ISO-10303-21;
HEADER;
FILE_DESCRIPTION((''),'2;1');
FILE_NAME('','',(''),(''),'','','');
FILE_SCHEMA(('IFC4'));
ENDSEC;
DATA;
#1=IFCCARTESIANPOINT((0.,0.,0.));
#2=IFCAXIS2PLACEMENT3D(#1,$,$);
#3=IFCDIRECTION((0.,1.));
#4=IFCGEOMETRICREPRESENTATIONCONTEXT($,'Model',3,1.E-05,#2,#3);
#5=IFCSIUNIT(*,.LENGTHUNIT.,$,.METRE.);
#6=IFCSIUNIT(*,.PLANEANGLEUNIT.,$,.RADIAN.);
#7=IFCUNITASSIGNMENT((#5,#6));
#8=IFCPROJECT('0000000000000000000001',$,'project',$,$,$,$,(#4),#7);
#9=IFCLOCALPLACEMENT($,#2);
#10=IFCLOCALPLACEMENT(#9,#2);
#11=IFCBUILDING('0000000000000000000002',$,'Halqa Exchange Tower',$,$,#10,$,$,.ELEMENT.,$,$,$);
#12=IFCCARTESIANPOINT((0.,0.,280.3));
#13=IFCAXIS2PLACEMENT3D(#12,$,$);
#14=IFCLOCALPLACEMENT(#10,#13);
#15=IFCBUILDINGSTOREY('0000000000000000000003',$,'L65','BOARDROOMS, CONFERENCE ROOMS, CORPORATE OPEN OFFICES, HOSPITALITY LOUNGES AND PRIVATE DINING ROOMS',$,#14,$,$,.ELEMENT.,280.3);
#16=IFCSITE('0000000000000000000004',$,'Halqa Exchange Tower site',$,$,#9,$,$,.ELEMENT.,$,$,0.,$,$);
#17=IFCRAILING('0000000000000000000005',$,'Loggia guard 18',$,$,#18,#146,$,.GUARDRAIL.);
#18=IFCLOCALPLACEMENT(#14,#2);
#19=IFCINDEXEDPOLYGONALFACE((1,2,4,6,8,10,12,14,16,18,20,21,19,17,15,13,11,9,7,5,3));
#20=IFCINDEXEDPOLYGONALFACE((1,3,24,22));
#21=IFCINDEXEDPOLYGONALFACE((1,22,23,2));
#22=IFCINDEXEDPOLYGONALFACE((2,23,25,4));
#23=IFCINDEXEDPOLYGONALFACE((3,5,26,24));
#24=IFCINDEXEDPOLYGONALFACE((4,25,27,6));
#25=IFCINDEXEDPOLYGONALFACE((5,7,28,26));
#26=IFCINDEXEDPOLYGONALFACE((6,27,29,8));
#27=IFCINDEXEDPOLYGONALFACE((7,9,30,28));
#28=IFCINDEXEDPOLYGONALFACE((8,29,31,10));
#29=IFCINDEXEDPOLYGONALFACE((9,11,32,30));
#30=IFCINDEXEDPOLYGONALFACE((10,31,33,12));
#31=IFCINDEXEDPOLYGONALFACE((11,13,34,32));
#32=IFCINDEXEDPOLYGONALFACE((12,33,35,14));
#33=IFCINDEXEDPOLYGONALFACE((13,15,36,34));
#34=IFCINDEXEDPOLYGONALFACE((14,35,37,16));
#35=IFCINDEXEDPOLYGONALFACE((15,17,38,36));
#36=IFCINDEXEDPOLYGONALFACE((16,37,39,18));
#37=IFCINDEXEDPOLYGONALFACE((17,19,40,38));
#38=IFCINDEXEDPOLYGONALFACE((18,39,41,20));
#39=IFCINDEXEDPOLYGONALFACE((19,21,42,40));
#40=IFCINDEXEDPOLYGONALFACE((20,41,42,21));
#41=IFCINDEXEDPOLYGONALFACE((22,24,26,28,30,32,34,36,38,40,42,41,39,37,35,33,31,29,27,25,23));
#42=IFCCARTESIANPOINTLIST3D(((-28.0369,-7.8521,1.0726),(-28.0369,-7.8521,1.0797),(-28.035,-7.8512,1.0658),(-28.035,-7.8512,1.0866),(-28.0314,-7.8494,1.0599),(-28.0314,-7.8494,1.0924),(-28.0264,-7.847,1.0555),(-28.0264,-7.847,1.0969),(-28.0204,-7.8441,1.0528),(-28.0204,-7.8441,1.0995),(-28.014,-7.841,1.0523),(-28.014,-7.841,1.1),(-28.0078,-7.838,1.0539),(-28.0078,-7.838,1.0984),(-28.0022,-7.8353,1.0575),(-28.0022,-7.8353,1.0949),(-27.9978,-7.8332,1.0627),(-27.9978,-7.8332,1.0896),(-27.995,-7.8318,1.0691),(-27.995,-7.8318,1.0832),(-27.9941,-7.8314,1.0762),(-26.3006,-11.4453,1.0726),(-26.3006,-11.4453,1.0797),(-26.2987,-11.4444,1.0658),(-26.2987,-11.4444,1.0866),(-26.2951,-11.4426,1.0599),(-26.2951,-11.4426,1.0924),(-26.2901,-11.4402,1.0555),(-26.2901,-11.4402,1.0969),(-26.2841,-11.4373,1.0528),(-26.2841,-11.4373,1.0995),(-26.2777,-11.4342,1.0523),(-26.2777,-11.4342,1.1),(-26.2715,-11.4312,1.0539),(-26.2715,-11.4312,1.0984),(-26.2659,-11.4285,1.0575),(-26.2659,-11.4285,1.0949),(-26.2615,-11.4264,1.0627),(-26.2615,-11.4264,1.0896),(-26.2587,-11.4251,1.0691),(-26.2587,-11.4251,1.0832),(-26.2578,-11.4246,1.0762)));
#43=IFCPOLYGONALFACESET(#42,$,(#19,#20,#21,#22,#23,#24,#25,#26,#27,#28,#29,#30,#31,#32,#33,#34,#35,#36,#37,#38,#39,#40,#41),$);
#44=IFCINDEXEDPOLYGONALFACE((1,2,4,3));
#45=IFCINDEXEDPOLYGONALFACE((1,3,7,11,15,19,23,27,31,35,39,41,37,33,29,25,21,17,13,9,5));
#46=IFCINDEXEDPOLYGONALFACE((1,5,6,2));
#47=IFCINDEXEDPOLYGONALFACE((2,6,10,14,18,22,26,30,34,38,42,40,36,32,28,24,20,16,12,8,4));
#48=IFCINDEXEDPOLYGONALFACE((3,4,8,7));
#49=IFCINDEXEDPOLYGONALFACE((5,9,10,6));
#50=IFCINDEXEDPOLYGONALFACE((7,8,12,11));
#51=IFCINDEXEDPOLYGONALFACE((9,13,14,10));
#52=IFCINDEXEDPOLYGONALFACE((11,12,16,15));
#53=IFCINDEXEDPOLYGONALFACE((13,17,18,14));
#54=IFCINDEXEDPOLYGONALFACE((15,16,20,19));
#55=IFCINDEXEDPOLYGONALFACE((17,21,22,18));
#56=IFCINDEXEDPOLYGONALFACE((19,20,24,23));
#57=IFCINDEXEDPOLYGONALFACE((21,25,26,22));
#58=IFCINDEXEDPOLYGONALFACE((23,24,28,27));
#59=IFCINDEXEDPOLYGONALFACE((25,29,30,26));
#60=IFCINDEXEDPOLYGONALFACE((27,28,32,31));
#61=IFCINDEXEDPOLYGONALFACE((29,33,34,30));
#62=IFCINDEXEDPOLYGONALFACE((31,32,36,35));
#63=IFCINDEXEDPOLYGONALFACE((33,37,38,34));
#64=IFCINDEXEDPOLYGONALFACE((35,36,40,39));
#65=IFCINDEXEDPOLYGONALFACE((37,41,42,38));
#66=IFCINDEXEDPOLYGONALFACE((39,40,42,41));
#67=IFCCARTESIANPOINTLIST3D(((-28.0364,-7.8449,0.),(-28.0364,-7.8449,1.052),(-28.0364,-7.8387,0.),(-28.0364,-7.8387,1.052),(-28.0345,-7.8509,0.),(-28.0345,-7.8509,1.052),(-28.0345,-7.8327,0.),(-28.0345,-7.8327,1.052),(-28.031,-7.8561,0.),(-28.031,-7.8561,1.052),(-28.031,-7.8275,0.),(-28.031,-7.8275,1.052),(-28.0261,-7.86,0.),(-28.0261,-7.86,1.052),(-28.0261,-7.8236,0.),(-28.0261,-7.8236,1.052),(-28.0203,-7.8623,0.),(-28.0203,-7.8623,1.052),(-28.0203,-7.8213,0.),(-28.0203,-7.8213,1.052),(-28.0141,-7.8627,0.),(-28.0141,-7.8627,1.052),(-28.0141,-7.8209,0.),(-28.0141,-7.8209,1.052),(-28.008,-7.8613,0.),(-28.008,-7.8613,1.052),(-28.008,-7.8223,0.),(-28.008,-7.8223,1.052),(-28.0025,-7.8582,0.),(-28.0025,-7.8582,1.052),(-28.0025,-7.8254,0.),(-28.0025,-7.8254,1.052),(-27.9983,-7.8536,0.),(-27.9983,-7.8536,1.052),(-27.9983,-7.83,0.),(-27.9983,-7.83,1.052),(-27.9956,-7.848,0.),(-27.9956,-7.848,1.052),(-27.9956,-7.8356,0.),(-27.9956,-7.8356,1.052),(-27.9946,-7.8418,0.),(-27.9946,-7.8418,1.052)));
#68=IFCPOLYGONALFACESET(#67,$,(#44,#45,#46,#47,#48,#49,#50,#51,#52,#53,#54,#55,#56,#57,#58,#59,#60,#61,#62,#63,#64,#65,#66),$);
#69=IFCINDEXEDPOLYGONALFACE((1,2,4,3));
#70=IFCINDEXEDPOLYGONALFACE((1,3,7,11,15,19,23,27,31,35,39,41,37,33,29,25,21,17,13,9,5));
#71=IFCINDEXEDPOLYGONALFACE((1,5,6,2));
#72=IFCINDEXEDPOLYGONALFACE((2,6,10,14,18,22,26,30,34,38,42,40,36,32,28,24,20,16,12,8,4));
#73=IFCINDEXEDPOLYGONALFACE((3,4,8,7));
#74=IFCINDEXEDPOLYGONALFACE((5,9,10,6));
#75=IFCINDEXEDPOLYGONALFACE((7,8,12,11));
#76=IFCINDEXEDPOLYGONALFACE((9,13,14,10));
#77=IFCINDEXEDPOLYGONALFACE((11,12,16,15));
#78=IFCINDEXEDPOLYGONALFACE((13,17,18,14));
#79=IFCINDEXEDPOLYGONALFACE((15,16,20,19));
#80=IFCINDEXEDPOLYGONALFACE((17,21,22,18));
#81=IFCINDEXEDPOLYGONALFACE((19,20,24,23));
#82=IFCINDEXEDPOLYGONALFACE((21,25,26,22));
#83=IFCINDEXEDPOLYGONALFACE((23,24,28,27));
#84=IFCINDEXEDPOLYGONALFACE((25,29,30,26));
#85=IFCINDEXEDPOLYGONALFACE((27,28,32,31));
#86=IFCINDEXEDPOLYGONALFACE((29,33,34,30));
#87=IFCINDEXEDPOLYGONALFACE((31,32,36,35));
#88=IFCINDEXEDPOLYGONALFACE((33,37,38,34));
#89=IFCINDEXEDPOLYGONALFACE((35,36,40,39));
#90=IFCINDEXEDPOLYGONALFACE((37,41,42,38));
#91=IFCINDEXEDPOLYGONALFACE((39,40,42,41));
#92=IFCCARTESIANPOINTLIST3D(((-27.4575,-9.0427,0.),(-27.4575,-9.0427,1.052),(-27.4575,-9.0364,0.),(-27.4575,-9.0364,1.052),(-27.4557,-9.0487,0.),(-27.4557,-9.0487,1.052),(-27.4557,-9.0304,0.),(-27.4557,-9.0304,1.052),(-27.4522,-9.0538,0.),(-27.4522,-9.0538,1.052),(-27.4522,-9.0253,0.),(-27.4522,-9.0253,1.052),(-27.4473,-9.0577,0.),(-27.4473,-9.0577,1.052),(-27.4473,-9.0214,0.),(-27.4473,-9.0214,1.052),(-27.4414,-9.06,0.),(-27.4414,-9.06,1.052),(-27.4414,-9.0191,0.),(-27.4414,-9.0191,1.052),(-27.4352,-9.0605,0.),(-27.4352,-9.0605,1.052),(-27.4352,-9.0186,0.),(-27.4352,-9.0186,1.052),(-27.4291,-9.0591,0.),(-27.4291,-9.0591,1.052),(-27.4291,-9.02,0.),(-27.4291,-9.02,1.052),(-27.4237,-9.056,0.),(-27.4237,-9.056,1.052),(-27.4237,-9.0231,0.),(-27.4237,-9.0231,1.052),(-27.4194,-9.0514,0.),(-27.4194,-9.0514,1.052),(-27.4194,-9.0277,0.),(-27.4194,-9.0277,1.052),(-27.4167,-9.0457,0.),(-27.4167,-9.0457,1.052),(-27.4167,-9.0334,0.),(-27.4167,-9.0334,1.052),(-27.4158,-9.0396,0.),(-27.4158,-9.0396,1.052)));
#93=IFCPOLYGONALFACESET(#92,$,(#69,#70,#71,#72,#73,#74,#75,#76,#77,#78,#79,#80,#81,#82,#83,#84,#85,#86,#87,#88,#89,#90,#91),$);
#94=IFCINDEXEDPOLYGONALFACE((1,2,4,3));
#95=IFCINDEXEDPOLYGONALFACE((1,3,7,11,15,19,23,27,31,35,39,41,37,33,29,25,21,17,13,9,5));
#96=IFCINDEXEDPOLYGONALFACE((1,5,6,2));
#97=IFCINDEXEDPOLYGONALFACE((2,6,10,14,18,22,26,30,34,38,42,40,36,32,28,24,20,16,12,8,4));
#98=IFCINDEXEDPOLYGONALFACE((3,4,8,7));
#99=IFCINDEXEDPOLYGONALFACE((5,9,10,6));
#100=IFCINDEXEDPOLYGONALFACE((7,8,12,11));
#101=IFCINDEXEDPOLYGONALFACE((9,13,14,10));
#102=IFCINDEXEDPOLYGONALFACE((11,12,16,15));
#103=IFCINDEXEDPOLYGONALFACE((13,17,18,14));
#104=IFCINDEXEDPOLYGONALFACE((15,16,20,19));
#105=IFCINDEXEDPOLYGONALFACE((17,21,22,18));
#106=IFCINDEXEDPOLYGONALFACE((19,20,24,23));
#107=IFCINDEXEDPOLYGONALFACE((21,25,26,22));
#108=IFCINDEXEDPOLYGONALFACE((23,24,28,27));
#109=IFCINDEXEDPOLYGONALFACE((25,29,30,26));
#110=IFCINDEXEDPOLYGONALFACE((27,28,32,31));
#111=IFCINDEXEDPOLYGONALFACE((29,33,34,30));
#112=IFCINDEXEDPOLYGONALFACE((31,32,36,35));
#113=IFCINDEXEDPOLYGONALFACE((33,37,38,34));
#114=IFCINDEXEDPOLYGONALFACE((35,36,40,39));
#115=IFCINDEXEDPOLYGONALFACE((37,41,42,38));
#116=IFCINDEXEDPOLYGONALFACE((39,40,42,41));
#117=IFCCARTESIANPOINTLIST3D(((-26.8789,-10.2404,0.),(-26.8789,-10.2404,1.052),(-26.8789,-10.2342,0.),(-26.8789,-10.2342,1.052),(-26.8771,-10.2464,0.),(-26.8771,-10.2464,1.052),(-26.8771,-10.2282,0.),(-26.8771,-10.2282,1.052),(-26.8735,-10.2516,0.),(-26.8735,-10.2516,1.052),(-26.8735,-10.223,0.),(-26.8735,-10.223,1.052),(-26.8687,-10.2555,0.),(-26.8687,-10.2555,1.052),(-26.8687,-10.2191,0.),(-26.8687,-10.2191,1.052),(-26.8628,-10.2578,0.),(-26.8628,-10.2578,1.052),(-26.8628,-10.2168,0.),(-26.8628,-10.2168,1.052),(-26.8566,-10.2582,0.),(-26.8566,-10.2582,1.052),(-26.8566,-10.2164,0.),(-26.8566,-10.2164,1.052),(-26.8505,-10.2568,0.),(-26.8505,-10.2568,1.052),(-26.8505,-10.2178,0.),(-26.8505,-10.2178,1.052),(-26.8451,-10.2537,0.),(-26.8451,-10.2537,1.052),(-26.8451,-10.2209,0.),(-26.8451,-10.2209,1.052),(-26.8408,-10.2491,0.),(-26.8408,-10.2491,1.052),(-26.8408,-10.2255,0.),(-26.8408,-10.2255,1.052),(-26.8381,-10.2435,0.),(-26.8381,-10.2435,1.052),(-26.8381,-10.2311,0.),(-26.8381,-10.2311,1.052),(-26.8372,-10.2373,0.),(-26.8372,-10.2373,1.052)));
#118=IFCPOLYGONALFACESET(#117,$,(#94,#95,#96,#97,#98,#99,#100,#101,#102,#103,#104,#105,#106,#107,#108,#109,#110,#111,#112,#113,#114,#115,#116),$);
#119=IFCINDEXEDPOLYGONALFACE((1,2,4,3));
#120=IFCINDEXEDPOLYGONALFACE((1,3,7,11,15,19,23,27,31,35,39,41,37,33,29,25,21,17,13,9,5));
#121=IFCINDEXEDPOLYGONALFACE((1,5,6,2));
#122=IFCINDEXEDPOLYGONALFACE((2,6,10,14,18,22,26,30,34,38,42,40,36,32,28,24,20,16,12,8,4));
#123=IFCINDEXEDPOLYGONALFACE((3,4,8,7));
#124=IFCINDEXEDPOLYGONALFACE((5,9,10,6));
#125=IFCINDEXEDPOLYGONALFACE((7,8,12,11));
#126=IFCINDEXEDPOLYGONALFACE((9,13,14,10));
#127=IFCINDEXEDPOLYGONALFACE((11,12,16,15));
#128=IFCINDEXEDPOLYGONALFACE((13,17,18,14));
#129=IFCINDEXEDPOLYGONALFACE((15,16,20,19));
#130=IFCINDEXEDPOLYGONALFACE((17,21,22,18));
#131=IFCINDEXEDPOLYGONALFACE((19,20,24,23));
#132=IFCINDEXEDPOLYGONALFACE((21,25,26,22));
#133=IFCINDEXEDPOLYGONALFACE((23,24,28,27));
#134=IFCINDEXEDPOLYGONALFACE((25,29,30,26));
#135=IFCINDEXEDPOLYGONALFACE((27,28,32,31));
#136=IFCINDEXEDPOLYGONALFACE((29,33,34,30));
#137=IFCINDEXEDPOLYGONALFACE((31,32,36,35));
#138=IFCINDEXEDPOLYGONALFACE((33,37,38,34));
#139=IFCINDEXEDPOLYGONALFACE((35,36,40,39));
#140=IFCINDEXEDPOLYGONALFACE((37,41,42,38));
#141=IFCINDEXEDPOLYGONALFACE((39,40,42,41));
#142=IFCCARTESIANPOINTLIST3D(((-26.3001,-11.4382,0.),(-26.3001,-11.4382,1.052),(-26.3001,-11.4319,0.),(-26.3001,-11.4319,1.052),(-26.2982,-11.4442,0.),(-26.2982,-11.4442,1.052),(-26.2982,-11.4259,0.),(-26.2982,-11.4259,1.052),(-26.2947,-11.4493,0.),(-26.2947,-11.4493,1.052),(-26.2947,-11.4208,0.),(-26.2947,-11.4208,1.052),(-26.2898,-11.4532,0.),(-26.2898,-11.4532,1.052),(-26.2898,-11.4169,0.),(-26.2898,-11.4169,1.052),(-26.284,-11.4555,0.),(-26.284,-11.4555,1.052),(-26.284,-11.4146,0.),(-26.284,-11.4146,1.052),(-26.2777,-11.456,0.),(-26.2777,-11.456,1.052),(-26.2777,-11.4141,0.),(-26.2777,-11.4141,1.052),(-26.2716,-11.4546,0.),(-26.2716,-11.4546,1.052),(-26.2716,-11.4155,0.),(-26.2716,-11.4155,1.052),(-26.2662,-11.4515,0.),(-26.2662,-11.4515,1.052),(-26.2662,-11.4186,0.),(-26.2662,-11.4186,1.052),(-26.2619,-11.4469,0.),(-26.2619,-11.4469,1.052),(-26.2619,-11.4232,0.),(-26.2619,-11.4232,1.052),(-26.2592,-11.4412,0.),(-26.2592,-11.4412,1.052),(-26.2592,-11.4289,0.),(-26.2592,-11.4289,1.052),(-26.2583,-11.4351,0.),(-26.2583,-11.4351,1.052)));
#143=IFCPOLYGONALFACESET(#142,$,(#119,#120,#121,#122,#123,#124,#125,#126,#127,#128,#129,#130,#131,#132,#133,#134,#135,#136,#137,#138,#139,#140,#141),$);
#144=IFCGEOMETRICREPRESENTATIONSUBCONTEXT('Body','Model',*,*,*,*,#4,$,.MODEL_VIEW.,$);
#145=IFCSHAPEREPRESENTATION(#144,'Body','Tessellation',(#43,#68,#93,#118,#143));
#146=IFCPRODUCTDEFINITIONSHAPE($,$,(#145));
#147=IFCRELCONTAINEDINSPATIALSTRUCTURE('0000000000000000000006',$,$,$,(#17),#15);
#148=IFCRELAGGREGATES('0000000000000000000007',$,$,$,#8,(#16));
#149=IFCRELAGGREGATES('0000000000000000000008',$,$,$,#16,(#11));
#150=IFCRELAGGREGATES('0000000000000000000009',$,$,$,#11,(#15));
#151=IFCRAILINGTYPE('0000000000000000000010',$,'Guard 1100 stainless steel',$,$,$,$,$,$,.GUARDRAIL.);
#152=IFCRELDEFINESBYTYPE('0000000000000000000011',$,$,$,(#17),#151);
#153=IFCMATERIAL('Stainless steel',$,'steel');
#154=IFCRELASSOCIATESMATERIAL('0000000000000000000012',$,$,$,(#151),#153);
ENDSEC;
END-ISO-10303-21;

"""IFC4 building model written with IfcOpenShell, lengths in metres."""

from ifc_helpers import new_model, si_unit, direction, frame, origin, origin_2d, place, context, subcontext, project, spatial, circle, extrude, material, type_object, element, save


model = new_model("IFC4")

# Units and contexts
model_context = context("Model", 3, precision=1e-05, world=origin(), true_north=direction((0.0, 1.0)))
body_context = subcontext(model_context, "Body", "Model", "MODEL_VIEW")
ifc_project = project(units=[si_unit("LENGTHUNIT", "METRE"), si_unit("PLANEANGLEUNIT", "RADIAN")], contexts=[model_context])

# Site, building, storey
site_placement = place(None, origin())
site = spatial("IfcSite", under=ifc_project, at=site_placement, Name="Halqa Exchange Tower site", CompositionType="ELEMENT", RefElevation=0.0)
building_placement = place(site_placement, origin())
building = spatial("IfcBuilding", under=site, at=building_placement, Name="Halqa Exchange Tower", CompositionType="ELEMENT")
storey_placement = place(building_placement, frame((0.0, 0.0, 280.3)))
storey = spatial("IfcBuildingStorey", under=building, at=storey_placement, Name="L65", Description="BOARDROOMS, CONFERENCE ROOMS, CORPORATE OPEN OFFICES, HOSPITALITY LOUNGES AND PRIVATE DINING ROOMS", CompositionType="ELEMENT", Elevation=280.3)

# Railing
ifc_material_1 = material(Name="Stainless steel", Category="steel")
railing_type = type_object("IfcRailingType", Name="Guard 1100 stainless steel", PredefinedType="GUARDRAIL", material=ifc_material_1)
railing_1_placement = place(storey_placement, frame((-28.0156, -7.8418, 0.0)))
element("IfcRailing", 1, at=railing_1_placement, inside=storey, type_object=railing_type, Name="Loggia guard 18", PredefinedType="GUARDRAIL", context=body_context, shape_type="SweptSolid", body=[
    extrude(circle(Radius=0.0239, at=origin_2d()), frame((0.0, 0.0, 1.0762), z_axis=(0.435084, -0.90039, 0.0), x_axis=(0.90039, 0.435084, 0.0)), (0.0, 0.0, 1.0), 3.9907),
    extrude(circle(Radius=0.021, at=origin_2d()), origin(), (0.0, 0.0, 1.0), 1.052),
    extrude(circle(Radius=0.021, at=origin_2d()), frame((0.5789, -1.1978, 0.0)), (0.0, 0.0, 1.0), 1.052),
    extrude(circle(Radius=0.021, at=origin_2d()), frame((1.1575, -2.3955, 0.0)), (0.0, 0.0, 1.0), 1.052),
    extrude(circle(Radius=0.021, at=origin_2d()), frame((1.7363, -3.5933, 0.0)), (0.0, 0.0, 1.0), 1.052),
])

save(model, "model.ifc")
